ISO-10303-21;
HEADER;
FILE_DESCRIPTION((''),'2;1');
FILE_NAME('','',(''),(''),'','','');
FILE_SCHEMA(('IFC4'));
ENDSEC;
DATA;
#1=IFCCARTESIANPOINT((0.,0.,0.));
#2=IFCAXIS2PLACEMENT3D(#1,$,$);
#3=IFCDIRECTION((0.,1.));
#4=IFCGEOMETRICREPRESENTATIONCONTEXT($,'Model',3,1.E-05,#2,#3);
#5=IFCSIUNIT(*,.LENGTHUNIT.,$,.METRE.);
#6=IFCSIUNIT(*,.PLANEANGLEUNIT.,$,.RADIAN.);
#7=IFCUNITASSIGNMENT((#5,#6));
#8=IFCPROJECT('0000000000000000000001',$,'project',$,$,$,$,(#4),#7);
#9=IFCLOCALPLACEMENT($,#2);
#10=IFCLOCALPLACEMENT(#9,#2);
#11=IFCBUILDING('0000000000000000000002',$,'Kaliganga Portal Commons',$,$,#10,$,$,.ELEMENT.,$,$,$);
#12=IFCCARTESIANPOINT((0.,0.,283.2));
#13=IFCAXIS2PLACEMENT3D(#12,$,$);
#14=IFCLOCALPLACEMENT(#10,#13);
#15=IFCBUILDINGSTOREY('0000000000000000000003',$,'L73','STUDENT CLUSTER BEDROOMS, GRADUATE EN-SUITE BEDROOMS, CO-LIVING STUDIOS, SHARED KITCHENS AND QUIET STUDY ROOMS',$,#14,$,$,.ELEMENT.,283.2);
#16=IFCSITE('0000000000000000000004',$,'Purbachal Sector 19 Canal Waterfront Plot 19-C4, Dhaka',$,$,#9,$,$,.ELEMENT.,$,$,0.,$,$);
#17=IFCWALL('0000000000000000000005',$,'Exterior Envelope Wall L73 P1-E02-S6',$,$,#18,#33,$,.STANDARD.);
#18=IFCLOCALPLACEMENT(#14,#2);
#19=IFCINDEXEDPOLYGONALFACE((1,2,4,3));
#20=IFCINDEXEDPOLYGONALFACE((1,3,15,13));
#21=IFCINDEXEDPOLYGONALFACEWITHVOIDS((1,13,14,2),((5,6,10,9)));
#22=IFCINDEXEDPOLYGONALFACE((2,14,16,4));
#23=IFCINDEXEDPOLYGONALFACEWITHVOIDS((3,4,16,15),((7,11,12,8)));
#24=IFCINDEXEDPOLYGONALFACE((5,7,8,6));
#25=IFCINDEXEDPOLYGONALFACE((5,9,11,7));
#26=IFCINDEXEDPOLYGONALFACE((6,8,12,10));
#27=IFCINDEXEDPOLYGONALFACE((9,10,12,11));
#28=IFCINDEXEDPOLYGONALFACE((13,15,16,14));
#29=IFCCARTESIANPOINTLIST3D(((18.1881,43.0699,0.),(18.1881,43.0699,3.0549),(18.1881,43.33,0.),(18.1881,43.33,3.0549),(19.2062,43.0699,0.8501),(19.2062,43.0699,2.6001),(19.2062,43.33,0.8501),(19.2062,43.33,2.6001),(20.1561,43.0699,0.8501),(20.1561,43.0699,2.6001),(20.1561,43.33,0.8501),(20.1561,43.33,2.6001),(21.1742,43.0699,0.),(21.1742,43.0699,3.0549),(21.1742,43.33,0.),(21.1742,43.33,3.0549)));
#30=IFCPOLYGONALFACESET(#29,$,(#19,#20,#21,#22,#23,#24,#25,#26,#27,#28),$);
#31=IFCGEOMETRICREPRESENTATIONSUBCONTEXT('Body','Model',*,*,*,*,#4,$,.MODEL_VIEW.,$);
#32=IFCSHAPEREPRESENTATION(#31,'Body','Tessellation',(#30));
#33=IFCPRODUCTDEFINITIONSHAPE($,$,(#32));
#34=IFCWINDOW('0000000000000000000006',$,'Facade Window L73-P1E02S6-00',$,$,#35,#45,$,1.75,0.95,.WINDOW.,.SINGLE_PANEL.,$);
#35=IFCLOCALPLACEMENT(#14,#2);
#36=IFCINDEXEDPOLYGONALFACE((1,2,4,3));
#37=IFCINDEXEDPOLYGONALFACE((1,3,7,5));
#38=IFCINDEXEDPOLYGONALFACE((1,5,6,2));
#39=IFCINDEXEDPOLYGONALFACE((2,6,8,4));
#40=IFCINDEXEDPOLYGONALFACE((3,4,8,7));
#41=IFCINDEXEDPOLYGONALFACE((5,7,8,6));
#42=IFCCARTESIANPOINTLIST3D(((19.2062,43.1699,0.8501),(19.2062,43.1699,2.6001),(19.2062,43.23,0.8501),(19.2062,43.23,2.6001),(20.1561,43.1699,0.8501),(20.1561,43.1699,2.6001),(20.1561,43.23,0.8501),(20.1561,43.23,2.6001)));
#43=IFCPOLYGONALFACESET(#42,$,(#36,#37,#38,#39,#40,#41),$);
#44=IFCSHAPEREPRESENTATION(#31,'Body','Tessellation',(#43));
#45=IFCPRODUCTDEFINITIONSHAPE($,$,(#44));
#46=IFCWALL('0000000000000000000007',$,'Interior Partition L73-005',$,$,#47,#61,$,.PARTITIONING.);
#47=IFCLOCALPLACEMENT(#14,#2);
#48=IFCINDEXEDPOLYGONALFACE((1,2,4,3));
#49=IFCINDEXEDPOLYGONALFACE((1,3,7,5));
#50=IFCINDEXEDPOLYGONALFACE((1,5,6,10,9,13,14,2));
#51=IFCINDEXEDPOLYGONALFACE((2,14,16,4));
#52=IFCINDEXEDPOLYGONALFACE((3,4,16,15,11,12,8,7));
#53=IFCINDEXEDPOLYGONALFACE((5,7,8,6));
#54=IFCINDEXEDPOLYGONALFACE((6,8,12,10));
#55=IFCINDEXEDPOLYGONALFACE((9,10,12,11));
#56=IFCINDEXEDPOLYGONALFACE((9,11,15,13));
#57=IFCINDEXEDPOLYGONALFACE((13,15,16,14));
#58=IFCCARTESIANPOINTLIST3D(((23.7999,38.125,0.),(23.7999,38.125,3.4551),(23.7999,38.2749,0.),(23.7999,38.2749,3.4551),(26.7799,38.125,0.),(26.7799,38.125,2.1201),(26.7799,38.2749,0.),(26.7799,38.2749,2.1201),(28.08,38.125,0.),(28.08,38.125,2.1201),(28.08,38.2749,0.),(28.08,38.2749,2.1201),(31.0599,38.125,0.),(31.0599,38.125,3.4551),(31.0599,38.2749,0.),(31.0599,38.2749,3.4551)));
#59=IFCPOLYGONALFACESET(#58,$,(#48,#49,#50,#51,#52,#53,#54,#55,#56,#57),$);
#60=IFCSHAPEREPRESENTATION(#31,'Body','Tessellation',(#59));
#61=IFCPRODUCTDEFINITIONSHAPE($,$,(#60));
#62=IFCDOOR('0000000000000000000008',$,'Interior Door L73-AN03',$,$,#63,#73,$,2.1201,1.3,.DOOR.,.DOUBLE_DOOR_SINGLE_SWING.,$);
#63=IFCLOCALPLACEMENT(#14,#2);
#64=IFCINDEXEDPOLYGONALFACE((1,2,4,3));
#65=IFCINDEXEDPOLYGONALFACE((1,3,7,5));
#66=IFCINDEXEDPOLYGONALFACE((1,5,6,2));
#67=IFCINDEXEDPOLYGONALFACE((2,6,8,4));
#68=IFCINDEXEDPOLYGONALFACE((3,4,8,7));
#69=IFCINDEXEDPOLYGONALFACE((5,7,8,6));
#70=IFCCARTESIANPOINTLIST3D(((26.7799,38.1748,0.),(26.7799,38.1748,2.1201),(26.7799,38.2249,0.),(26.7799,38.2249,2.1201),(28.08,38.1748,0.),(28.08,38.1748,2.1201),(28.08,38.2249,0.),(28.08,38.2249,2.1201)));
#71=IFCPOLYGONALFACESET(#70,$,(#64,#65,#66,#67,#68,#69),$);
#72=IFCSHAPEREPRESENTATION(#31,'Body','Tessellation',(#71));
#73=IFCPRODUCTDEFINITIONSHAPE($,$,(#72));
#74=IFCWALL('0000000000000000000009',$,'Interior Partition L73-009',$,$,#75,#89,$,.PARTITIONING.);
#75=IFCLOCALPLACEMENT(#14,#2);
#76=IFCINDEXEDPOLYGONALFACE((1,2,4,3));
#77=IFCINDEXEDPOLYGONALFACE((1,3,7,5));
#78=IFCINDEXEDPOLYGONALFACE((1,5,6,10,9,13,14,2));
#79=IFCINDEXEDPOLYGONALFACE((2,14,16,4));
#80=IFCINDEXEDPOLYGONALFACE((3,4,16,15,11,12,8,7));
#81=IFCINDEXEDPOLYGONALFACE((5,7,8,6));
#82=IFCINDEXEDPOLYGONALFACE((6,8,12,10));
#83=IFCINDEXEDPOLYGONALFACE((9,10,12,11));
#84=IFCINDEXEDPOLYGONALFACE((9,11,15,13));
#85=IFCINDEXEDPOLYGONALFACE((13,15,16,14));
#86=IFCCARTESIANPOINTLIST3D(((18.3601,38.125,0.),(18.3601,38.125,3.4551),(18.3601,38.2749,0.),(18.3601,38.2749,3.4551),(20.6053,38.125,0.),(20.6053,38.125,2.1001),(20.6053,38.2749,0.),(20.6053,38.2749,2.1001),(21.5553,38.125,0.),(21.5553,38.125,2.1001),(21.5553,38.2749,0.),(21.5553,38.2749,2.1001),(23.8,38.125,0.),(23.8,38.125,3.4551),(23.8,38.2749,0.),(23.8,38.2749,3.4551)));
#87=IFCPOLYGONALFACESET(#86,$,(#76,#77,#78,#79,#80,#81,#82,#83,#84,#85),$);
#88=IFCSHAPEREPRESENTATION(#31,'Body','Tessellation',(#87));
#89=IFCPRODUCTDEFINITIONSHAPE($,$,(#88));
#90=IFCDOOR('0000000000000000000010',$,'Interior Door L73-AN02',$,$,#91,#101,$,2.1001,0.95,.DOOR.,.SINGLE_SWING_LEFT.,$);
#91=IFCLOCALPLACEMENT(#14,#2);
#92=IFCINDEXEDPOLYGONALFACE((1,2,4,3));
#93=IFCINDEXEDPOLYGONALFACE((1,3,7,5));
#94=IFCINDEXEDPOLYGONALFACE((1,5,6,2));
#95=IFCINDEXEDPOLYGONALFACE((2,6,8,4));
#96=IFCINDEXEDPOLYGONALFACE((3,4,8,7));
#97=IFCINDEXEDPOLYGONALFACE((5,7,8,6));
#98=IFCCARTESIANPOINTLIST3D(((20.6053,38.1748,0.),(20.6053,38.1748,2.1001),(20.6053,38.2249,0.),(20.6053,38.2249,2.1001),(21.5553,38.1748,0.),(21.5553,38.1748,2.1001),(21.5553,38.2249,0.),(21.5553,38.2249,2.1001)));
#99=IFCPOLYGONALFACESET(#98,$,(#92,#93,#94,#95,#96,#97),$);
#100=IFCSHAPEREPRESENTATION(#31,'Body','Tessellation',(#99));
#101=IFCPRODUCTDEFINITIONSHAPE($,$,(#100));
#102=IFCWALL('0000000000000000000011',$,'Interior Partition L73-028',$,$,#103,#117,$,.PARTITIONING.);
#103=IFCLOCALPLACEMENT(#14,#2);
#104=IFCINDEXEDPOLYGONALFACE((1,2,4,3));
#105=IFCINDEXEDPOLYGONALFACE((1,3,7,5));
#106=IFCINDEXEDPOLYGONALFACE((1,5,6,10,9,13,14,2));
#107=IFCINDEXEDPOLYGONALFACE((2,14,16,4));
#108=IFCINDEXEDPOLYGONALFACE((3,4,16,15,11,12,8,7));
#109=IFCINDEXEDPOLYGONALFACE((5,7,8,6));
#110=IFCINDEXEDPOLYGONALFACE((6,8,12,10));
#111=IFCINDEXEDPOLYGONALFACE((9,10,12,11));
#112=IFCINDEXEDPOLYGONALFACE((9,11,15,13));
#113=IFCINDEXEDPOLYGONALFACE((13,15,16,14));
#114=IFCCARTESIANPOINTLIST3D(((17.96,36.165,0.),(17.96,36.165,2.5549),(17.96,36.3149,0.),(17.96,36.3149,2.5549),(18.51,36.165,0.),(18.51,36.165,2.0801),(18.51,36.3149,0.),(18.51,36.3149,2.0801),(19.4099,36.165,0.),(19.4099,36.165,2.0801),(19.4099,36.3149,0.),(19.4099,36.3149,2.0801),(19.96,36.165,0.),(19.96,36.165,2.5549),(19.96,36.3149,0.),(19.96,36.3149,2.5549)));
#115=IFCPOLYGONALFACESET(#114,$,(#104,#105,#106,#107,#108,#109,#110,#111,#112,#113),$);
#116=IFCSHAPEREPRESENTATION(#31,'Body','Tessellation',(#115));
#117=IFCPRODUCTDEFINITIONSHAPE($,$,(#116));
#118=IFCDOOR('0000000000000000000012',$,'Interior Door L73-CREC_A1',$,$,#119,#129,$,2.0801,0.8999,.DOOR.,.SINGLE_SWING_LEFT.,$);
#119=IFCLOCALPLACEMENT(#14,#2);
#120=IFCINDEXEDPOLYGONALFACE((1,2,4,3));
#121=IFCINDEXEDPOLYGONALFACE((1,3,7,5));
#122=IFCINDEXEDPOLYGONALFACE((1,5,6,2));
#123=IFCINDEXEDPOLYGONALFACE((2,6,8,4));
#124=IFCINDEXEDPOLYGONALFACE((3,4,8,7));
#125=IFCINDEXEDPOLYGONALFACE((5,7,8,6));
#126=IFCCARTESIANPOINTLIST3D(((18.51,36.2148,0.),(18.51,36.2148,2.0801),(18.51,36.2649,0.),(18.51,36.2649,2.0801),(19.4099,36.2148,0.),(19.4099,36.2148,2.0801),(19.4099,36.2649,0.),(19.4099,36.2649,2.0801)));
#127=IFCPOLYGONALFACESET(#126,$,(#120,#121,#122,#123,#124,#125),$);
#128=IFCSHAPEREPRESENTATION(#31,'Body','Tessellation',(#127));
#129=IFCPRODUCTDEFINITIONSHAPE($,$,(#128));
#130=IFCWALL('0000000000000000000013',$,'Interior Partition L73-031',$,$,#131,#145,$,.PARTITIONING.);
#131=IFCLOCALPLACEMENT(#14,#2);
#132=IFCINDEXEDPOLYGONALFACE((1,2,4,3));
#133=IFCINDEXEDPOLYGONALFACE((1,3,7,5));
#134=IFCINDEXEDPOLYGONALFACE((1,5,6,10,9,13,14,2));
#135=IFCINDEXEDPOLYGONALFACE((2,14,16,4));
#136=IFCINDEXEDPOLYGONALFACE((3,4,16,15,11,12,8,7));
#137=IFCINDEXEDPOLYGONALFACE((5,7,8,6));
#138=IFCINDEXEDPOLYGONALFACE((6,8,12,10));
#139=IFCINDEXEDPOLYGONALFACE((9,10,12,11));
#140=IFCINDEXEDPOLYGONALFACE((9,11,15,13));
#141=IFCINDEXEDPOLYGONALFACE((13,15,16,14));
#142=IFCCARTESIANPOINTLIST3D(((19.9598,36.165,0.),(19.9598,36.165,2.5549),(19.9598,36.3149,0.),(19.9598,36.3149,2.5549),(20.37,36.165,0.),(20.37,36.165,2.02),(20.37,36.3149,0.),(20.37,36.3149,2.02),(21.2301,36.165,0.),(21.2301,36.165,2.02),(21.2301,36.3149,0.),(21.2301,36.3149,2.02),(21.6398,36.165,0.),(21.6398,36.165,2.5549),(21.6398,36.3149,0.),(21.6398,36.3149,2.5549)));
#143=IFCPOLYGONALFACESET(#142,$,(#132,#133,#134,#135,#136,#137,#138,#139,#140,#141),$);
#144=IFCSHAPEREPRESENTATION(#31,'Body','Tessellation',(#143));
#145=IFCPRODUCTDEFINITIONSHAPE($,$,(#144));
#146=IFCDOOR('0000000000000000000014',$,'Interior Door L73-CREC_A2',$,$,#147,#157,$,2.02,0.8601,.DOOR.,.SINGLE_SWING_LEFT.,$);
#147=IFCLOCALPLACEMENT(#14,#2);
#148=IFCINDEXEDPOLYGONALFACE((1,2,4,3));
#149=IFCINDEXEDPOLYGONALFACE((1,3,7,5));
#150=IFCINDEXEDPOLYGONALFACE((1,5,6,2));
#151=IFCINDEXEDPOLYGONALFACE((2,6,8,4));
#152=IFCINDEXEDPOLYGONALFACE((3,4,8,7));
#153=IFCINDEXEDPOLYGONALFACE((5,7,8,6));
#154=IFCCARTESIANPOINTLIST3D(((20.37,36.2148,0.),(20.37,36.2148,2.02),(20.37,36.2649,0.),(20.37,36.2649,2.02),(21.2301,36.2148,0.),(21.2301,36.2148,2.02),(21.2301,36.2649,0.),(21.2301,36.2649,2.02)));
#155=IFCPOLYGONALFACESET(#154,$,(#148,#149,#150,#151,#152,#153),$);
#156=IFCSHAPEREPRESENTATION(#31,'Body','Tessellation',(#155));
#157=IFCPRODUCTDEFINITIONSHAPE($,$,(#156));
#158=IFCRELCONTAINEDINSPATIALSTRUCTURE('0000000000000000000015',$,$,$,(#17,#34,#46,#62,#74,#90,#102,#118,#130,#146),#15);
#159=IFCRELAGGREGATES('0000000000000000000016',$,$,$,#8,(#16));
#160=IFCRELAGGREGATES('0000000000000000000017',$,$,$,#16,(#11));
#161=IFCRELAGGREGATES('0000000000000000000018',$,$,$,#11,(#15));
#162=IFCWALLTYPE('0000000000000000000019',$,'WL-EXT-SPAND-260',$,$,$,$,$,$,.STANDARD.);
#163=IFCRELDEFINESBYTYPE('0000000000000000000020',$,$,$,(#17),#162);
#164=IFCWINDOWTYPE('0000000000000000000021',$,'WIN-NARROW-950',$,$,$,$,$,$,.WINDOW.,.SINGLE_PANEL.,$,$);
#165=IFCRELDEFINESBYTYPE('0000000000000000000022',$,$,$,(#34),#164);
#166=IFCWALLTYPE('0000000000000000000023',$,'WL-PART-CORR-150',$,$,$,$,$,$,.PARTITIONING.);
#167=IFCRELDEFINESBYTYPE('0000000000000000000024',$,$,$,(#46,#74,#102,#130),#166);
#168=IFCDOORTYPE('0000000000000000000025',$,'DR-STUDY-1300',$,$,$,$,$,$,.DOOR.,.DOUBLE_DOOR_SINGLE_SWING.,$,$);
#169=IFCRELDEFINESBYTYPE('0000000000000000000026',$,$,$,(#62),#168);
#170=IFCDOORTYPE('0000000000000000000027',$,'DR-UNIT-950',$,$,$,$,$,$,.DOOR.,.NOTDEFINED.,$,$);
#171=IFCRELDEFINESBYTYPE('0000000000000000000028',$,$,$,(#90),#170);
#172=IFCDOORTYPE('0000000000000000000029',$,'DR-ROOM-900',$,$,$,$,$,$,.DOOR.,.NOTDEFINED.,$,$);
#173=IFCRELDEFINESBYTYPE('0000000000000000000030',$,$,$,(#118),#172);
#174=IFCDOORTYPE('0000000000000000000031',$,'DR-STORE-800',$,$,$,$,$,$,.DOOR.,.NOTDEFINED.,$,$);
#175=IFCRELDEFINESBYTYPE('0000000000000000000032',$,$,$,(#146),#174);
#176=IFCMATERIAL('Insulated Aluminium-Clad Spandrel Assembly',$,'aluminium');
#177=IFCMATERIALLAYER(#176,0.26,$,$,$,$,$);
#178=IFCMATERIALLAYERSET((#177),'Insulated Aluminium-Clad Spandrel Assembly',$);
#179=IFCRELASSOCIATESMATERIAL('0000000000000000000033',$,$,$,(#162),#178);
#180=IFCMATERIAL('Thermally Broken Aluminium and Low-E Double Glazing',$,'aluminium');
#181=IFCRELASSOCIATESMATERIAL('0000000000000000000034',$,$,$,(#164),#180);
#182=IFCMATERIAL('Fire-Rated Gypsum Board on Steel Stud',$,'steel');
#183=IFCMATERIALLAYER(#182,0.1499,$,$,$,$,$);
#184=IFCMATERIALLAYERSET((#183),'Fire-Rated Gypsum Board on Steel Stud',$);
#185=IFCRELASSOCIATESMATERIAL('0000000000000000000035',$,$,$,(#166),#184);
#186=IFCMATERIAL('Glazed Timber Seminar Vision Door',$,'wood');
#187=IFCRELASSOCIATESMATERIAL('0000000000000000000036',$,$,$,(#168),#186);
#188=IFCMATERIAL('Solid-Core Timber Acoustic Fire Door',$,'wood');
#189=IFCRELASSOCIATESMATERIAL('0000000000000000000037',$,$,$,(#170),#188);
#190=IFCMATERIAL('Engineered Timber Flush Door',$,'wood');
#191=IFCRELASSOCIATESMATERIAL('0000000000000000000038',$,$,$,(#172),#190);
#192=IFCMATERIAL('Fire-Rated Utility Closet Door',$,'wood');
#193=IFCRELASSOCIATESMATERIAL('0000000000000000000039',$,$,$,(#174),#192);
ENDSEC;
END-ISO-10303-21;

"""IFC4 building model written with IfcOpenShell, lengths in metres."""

from ifc_helpers import new_model, si_unit, direction, frame, frame_2d, origin, place, context, subcontext, project, spatial, rectangle, extrude, material, layer, layer_set, type_object, element, fill, save


model = new_model("IFC4")

# Units and contexts
model_context = context("Model", 3, precision=1e-05, world=origin(), true_north=direction((0.0, 1.0)))
body_context = subcontext(model_context, "Body", "Model", "MODEL_VIEW")
ifc_project = project(units=[si_unit("LENGTHUNIT", "METRE"), si_unit("PLANEANGLEUNIT", "RADIAN")], contexts=[model_context])

# Site, building, storey
site_placement = place(None, origin())
site = spatial("IfcSite", under=ifc_project, at=site_placement, Name="Purbachal Sector 19 Canal Waterfront Plot 19-C4, Dhaka", CompositionType="ELEMENT", RefElevation=0.0)
building_placement = place(site_placement, origin())
building = spatial("IfcBuilding", under=site, at=building_placement, Name="Kaliganga Portal Commons", CompositionType="ELEMENT")
storey_placement = place(building_placement, frame((0.0, 0.0, 283.2)))
storey = spatial("IfcBuildingStorey", under=building, at=storey_placement, Name="L73", Description="STUDENT CLUSTER BEDROOMS, GRADUATE EN-SUITE BEDROOMS, CO-LIVING STUDIOS, SHARED KITCHENS AND QUIET STUDY ROOMS", CompositionType="ELEMENT", Elevation=283.2)

# Wall, opening, window
ifc_material_1 = material(Name="Insulated Aluminium-Clad Spandrel Assembly", Category="aluminium")
ifc_layer_1 = layer(ifc_material_1, 0.26)
ifc_layer_set_1 = layer_set([ifc_layer_1], Name="Insulated Aluminium-Clad Spandrel Assembly")
wall_type_1 = type_object("IfcWallType", Name="WL-EXT-SPAND-260", PredefinedType="STANDARD", material=ifc_layer_set_1)
ifc_material_2 = material(Name="Thermally Broken Aluminium and Low-E Double Glazing", Category="aluminium")
window_type = type_object("IfcWindowType", Name="WIN-NARROW-950", PartitioningType="SINGLE_PANEL", PredefinedType="WINDOW", material=ifc_material_2)
wall_1_placement = place(storey_placement, frame((18.188, 43.2, 0.0), z_axis=(0.0, 0.0, 1.0), x_axis=(1.0, 0.0, 0.0)))
wall_1 = element("IfcWall", 1, at=wall_1_placement, inside=storey, type_object=wall_type_1, Name="Exterior Envelope Wall L73 P1-E02-S6", PredefinedType="STANDARD", context=body_context, shape_type="SweptSolid", body=[
    extrude(rectangle(XDim=2.9861, YDim=0.26, at=frame_2d((1.4932, 0.0))), origin(), (0.0, 0.0, 1.0), 3.0549),
])
opening_1_placement = place(wall_1_placement, frame((1.0181, 0.0, 0.8501)))
opening_1 = element("IfcOpeningElement", 2, at=opening_1_placement, cuts=wall_1, PredefinedType="OPENING", context=body_context, shape_type="SweptSolid", body=[
    extrude(rectangle(XDim=0.95, YDim=1.75, at=frame_2d((0.4751, 0.875))), frame((0.0, 0.1401, 0.0), z_axis=(0.0, -1.0, 0.0), x_axis=(1.0, 0.0, 0.0)), (0.0, 0.0, 1.0), 0.28),
])
window_1_placement = place(opening_1_placement, origin())
window_1 = element("IfcWindow", 3, at=window_1_placement, inside=storey, type_object=window_type, Name="Facade Window L73-P1E02S6-00", OverallHeight=1.75, OverallWidth=0.95, PartitioningType="SINGLE_PANEL", PredefinedType="WINDOW", context=body_context, shape_type="SweptSolid", body=[
    extrude(rectangle(XDim=0.95, YDim=1.75, at=frame_2d((0.4751, 0.875))), frame((0.0, 0.03, 0.0), z_axis=(0.0, -1.0, 0.0), x_axis=(1.0, 0.0, 0.0)), (0.0, 0.0, 1.0), 0.0601),
])
fill(opening_1, window_1)

# Walls, openings, doors
ifc_material_3 = material(Name="Fire-Rated Gypsum Board on Steel Stud", Category="steel")
ifc_layer_2 = layer(ifc_material_3, 0.1499)
ifc_layer_set_2 = layer_set([ifc_layer_2], Name="Fire-Rated Gypsum Board on Steel Stud")
wall_type_2 = type_object("IfcWallType", Name="WL-PART-CORR-150", PredefinedType="PARTITIONING", material=ifc_layer_set_2)
wall_2_placement = place(storey_placement, frame((23.8, 38.2, 0.0), z_axis=(0.0, 0.0, 1.0), x_axis=(1.0, 0.0, 0.0)))
wall_2 = element("IfcWall", 4, at=wall_2_placement, inside=storey, type_object=wall_type_2, Name="Interior Partition L73-005", PredefinedType="PARTITIONING", context=body_context, shape_type="SweptSolid", body=[
    extrude(rectangle(XDim=7.26, YDim=0.1499, at=frame_2d((3.6299, 0.0))), origin(), (0.0, 0.0, 1.0), 3.4551),
])
opening_2_placement = place(wall_2_placement, frame((2.98, 0.0, 0.0)))
opening_2 = element("IfcOpeningElement", 5, at=opening_2_placement, cuts=wall_2, PredefinedType="OPENING", context=body_context, shape_type="SweptSolid", body=[
    extrude(rectangle(XDim=1.3, YDim=2.1201, at=frame_2d((0.6499, 1.0601))), frame((0.0, 0.085, 0.0), z_axis=(0.0, -1.0, 0.0), x_axis=(1.0, 0.0, 0.0)), (0.0, 0.0, 1.0), 0.1699),
])
ifc_material_4 = material(Name="Glazed Timber Seminar Vision Door", Category="wood")
door_type_1 = type_object("IfcDoorType", Name="DR-STUDY-1300", OperationType="DOUBLE_DOOR_SINGLE_SWING", PredefinedType="DOOR", material=ifc_material_4)
door_1_placement = place(opening_2_placement, origin())
door_1 = element("IfcDoor", 6, at=door_1_placement, inside=storey, type_object=door_type_1, Name="Interior Door L73-AN03", OperationType="DOUBLE_DOOR_SINGLE_SWING", OverallHeight=2.1201, OverallWidth=1.3, PredefinedType="DOOR", context=body_context, shape_type="SweptSolid", body=[
    extrude(rectangle(XDim=1.3, YDim=2.1201, at=frame_2d((0.6499, 1.0601))), frame((0.0, 0.0249, 0.0), z_axis=(0.0, -1.0, 0.0), x_axis=(1.0, 0.0, 0.0)), (0.0, 0.0, 1.0), 0.05),
])
fill(opening_2, door_1)
wall_3_placement = place(storey_placement, frame((18.3601, 38.2, 0.0), z_axis=(0.0, 0.0, 1.0), x_axis=(1.0, 0.0, 0.0)))
wall_3 = element("IfcWall", 7, at=wall_3_placement, inside=storey, type_object=wall_type_2, Name="Interior Partition L73-009", PredefinedType="PARTITIONING", context=body_context, shape_type="SweptSolid", body=[
    extrude(rectangle(XDim=5.4399, YDim=0.1499, at=frame_2d((2.72, 0.0))), origin(), (0.0, 0.0, 1.0), 3.4551),
])
opening_3_placement = place(wall_3_placement, frame((2.2451, 0.0, 0.0)))
opening_3 = element("IfcOpeningElement", 8, at=opening_3_placement, cuts=wall_3, PredefinedType="OPENING", context=body_context, shape_type="SweptSolid", body=[
    extrude(rectangle(XDim=0.95, YDim=2.1001, at=frame_2d((0.4751, 1.05))), frame((0.0, 0.085, 0.0), z_axis=(0.0, -1.0, 0.0), x_axis=(1.0, 0.0, 0.0)), (0.0, 0.0, 1.0), 0.1699),
])
ifc_material_5 = material(Name="Solid-Core Timber Acoustic Fire Door", Category="wood")
door_type_2 = type_object("IfcDoorType", Name="DR-UNIT-950", OperationType="NOTDEFINED", PredefinedType="DOOR", material=ifc_material_5)
door_2_placement = place(opening_3_placement, origin())
door_2 = element("IfcDoor", 9, at=door_2_placement, inside=storey, type_object=door_type_2, Name="Interior Door L73-AN02", OperationType="SINGLE_SWING_LEFT", OverallHeight=2.1001, OverallWidth=0.95, PredefinedType="DOOR", context=body_context, shape_type="SweptSolid", body=[
    extrude(rectangle(XDim=0.95, YDim=2.1001, at=frame_2d((0.4751, 1.05))), frame((0.0, 0.0249, 0.0), z_axis=(0.0, -1.0, 0.0), x_axis=(1.0, 0.0, 0.0)), (0.0, 0.0, 1.0), 0.05),
])
fill(opening_3, door_2)
wall_4_placement = place(storey_placement, frame((17.96, 36.24, 0.0), z_axis=(0.0, 0.0, 1.0), x_axis=(1.0, 0.0, 0.0)))
wall_4 = element("IfcWall", 10, at=wall_4_placement, inside=storey, type_object=wall_type_2, Name="Interior Partition L73-028", PredefinedType="PARTITIONING", context=body_context, shape_type="SweptSolid", body=[
    extrude(rectangle(XDim=2.0, YDim=0.1499, at=frame_2d((1.0, 0.0))), origin(), (0.0, 0.0, 1.0), 2.5549),
])
opening_4_placement = place(wall_4_placement, frame((0.55, 0.0, 0.0)))
opening_4 = element("IfcOpeningElement", 11, at=opening_4_placement, cuts=wall_4, PredefinedType="OPENING", context=body_context, shape_type="SweptSolid", body=[
    extrude(rectangle(XDim=0.8999, YDim=2.0801, at=frame_2d((0.45, 1.04))), frame((0.0, 0.085, 0.0), z_axis=(0.0, -1.0, 0.0), x_axis=(1.0, 0.0, 0.0)), (0.0, 0.0, 1.0), 0.1699),
])
ifc_material_6 = material(Name="Engineered Timber Flush Door", Category="wood")
door_type_3 = type_object("IfcDoorType", Name="DR-ROOM-900", OperationType="NOTDEFINED", PredefinedType="DOOR", material=ifc_material_6)
door_3_placement = place(opening_4_placement, origin())
door_3 = element("IfcDoor", 12, at=door_3_placement, inside=storey, type_object=door_type_3, Name="Interior Door L73-CREC_A1", OperationType="SINGLE_SWING_LEFT", OverallHeight=2.0801, OverallWidth=0.8999, PredefinedType="DOOR", context=body_context, shape_type="SweptSolid", body=[
    extrude(rectangle(XDim=0.8999, YDim=2.0801, at=frame_2d((0.45, 1.04))), frame((0.0, 0.0249, 0.0), z_axis=(0.0, -1.0, 0.0), x_axis=(1.0, 0.0, 0.0)), (0.0, 0.0, 1.0), 0.05),
])
fill(opening_4, door_3)
wall_5_placement = place(storey_placement, frame((19.96, 36.24, 0.0), z_axis=(0.0, 0.0, 1.0), x_axis=(1.0, 0.0, 0.0)))
wall_5 = element("IfcWall", 13, at=wall_5_placement, inside=storey, type_object=wall_type_2, Name="Interior Partition L73-031", PredefinedType="PARTITIONING", context=body_context, shape_type="SweptSolid", body=[
    extrude(rectangle(XDim=1.6799, YDim=0.1499, at=frame_2d((0.8398, 0.0))), origin(), (0.0, 0.0, 1.0), 2.5549),
])
opening_5_placement = place(wall_5_placement, frame((0.4099, 0.0, 0.0)))
opening_5 = element("IfcOpeningElement", 14, at=opening_5_placement, cuts=wall_5, PredefinedType="OPENING", context=body_context, shape_type="SweptSolid", body=[
    extrude(rectangle(XDim=0.8601, YDim=2.02, at=frame_2d((0.4302, 1.01))), frame((0.0, 0.085, 0.0), z_axis=(0.0, -1.0, 0.0), x_axis=(1.0, 0.0, 0.0)), (0.0, 0.0, 1.0), 0.1699),
])
ifc_material_7 = material(Name="Fire-Rated Utility Closet Door", Category="wood")
door_type_4 = type_object("IfcDoorType", Name="DR-STORE-800", OperationType="NOTDEFINED", PredefinedType="DOOR", material=ifc_material_7)
door_4_placement = place(opening_5_placement, origin())
door_4 = element("IfcDoor", 15, at=door_4_placement, inside=storey, type_object=door_type_4, Name="Interior Door L73-CREC_A2", OperationType="SINGLE_SWING_LEFT", OverallHeight=2.02, OverallWidth=0.8601, PredefinedType="DOOR", context=body_context, shape_type="SweptSolid", body=[
    extrude(rectangle(XDim=0.8601, YDim=2.02, at=frame_2d((0.4302, 1.01))), frame((0.0, 0.0249, 0.0), z_axis=(0.0, -1.0, 0.0), x_axis=(1.0, 0.0, 0.0)), (0.0, 0.0, 1.0), 0.05),
])
fill(opening_5, door_4)

save(model, "model.ifc")
